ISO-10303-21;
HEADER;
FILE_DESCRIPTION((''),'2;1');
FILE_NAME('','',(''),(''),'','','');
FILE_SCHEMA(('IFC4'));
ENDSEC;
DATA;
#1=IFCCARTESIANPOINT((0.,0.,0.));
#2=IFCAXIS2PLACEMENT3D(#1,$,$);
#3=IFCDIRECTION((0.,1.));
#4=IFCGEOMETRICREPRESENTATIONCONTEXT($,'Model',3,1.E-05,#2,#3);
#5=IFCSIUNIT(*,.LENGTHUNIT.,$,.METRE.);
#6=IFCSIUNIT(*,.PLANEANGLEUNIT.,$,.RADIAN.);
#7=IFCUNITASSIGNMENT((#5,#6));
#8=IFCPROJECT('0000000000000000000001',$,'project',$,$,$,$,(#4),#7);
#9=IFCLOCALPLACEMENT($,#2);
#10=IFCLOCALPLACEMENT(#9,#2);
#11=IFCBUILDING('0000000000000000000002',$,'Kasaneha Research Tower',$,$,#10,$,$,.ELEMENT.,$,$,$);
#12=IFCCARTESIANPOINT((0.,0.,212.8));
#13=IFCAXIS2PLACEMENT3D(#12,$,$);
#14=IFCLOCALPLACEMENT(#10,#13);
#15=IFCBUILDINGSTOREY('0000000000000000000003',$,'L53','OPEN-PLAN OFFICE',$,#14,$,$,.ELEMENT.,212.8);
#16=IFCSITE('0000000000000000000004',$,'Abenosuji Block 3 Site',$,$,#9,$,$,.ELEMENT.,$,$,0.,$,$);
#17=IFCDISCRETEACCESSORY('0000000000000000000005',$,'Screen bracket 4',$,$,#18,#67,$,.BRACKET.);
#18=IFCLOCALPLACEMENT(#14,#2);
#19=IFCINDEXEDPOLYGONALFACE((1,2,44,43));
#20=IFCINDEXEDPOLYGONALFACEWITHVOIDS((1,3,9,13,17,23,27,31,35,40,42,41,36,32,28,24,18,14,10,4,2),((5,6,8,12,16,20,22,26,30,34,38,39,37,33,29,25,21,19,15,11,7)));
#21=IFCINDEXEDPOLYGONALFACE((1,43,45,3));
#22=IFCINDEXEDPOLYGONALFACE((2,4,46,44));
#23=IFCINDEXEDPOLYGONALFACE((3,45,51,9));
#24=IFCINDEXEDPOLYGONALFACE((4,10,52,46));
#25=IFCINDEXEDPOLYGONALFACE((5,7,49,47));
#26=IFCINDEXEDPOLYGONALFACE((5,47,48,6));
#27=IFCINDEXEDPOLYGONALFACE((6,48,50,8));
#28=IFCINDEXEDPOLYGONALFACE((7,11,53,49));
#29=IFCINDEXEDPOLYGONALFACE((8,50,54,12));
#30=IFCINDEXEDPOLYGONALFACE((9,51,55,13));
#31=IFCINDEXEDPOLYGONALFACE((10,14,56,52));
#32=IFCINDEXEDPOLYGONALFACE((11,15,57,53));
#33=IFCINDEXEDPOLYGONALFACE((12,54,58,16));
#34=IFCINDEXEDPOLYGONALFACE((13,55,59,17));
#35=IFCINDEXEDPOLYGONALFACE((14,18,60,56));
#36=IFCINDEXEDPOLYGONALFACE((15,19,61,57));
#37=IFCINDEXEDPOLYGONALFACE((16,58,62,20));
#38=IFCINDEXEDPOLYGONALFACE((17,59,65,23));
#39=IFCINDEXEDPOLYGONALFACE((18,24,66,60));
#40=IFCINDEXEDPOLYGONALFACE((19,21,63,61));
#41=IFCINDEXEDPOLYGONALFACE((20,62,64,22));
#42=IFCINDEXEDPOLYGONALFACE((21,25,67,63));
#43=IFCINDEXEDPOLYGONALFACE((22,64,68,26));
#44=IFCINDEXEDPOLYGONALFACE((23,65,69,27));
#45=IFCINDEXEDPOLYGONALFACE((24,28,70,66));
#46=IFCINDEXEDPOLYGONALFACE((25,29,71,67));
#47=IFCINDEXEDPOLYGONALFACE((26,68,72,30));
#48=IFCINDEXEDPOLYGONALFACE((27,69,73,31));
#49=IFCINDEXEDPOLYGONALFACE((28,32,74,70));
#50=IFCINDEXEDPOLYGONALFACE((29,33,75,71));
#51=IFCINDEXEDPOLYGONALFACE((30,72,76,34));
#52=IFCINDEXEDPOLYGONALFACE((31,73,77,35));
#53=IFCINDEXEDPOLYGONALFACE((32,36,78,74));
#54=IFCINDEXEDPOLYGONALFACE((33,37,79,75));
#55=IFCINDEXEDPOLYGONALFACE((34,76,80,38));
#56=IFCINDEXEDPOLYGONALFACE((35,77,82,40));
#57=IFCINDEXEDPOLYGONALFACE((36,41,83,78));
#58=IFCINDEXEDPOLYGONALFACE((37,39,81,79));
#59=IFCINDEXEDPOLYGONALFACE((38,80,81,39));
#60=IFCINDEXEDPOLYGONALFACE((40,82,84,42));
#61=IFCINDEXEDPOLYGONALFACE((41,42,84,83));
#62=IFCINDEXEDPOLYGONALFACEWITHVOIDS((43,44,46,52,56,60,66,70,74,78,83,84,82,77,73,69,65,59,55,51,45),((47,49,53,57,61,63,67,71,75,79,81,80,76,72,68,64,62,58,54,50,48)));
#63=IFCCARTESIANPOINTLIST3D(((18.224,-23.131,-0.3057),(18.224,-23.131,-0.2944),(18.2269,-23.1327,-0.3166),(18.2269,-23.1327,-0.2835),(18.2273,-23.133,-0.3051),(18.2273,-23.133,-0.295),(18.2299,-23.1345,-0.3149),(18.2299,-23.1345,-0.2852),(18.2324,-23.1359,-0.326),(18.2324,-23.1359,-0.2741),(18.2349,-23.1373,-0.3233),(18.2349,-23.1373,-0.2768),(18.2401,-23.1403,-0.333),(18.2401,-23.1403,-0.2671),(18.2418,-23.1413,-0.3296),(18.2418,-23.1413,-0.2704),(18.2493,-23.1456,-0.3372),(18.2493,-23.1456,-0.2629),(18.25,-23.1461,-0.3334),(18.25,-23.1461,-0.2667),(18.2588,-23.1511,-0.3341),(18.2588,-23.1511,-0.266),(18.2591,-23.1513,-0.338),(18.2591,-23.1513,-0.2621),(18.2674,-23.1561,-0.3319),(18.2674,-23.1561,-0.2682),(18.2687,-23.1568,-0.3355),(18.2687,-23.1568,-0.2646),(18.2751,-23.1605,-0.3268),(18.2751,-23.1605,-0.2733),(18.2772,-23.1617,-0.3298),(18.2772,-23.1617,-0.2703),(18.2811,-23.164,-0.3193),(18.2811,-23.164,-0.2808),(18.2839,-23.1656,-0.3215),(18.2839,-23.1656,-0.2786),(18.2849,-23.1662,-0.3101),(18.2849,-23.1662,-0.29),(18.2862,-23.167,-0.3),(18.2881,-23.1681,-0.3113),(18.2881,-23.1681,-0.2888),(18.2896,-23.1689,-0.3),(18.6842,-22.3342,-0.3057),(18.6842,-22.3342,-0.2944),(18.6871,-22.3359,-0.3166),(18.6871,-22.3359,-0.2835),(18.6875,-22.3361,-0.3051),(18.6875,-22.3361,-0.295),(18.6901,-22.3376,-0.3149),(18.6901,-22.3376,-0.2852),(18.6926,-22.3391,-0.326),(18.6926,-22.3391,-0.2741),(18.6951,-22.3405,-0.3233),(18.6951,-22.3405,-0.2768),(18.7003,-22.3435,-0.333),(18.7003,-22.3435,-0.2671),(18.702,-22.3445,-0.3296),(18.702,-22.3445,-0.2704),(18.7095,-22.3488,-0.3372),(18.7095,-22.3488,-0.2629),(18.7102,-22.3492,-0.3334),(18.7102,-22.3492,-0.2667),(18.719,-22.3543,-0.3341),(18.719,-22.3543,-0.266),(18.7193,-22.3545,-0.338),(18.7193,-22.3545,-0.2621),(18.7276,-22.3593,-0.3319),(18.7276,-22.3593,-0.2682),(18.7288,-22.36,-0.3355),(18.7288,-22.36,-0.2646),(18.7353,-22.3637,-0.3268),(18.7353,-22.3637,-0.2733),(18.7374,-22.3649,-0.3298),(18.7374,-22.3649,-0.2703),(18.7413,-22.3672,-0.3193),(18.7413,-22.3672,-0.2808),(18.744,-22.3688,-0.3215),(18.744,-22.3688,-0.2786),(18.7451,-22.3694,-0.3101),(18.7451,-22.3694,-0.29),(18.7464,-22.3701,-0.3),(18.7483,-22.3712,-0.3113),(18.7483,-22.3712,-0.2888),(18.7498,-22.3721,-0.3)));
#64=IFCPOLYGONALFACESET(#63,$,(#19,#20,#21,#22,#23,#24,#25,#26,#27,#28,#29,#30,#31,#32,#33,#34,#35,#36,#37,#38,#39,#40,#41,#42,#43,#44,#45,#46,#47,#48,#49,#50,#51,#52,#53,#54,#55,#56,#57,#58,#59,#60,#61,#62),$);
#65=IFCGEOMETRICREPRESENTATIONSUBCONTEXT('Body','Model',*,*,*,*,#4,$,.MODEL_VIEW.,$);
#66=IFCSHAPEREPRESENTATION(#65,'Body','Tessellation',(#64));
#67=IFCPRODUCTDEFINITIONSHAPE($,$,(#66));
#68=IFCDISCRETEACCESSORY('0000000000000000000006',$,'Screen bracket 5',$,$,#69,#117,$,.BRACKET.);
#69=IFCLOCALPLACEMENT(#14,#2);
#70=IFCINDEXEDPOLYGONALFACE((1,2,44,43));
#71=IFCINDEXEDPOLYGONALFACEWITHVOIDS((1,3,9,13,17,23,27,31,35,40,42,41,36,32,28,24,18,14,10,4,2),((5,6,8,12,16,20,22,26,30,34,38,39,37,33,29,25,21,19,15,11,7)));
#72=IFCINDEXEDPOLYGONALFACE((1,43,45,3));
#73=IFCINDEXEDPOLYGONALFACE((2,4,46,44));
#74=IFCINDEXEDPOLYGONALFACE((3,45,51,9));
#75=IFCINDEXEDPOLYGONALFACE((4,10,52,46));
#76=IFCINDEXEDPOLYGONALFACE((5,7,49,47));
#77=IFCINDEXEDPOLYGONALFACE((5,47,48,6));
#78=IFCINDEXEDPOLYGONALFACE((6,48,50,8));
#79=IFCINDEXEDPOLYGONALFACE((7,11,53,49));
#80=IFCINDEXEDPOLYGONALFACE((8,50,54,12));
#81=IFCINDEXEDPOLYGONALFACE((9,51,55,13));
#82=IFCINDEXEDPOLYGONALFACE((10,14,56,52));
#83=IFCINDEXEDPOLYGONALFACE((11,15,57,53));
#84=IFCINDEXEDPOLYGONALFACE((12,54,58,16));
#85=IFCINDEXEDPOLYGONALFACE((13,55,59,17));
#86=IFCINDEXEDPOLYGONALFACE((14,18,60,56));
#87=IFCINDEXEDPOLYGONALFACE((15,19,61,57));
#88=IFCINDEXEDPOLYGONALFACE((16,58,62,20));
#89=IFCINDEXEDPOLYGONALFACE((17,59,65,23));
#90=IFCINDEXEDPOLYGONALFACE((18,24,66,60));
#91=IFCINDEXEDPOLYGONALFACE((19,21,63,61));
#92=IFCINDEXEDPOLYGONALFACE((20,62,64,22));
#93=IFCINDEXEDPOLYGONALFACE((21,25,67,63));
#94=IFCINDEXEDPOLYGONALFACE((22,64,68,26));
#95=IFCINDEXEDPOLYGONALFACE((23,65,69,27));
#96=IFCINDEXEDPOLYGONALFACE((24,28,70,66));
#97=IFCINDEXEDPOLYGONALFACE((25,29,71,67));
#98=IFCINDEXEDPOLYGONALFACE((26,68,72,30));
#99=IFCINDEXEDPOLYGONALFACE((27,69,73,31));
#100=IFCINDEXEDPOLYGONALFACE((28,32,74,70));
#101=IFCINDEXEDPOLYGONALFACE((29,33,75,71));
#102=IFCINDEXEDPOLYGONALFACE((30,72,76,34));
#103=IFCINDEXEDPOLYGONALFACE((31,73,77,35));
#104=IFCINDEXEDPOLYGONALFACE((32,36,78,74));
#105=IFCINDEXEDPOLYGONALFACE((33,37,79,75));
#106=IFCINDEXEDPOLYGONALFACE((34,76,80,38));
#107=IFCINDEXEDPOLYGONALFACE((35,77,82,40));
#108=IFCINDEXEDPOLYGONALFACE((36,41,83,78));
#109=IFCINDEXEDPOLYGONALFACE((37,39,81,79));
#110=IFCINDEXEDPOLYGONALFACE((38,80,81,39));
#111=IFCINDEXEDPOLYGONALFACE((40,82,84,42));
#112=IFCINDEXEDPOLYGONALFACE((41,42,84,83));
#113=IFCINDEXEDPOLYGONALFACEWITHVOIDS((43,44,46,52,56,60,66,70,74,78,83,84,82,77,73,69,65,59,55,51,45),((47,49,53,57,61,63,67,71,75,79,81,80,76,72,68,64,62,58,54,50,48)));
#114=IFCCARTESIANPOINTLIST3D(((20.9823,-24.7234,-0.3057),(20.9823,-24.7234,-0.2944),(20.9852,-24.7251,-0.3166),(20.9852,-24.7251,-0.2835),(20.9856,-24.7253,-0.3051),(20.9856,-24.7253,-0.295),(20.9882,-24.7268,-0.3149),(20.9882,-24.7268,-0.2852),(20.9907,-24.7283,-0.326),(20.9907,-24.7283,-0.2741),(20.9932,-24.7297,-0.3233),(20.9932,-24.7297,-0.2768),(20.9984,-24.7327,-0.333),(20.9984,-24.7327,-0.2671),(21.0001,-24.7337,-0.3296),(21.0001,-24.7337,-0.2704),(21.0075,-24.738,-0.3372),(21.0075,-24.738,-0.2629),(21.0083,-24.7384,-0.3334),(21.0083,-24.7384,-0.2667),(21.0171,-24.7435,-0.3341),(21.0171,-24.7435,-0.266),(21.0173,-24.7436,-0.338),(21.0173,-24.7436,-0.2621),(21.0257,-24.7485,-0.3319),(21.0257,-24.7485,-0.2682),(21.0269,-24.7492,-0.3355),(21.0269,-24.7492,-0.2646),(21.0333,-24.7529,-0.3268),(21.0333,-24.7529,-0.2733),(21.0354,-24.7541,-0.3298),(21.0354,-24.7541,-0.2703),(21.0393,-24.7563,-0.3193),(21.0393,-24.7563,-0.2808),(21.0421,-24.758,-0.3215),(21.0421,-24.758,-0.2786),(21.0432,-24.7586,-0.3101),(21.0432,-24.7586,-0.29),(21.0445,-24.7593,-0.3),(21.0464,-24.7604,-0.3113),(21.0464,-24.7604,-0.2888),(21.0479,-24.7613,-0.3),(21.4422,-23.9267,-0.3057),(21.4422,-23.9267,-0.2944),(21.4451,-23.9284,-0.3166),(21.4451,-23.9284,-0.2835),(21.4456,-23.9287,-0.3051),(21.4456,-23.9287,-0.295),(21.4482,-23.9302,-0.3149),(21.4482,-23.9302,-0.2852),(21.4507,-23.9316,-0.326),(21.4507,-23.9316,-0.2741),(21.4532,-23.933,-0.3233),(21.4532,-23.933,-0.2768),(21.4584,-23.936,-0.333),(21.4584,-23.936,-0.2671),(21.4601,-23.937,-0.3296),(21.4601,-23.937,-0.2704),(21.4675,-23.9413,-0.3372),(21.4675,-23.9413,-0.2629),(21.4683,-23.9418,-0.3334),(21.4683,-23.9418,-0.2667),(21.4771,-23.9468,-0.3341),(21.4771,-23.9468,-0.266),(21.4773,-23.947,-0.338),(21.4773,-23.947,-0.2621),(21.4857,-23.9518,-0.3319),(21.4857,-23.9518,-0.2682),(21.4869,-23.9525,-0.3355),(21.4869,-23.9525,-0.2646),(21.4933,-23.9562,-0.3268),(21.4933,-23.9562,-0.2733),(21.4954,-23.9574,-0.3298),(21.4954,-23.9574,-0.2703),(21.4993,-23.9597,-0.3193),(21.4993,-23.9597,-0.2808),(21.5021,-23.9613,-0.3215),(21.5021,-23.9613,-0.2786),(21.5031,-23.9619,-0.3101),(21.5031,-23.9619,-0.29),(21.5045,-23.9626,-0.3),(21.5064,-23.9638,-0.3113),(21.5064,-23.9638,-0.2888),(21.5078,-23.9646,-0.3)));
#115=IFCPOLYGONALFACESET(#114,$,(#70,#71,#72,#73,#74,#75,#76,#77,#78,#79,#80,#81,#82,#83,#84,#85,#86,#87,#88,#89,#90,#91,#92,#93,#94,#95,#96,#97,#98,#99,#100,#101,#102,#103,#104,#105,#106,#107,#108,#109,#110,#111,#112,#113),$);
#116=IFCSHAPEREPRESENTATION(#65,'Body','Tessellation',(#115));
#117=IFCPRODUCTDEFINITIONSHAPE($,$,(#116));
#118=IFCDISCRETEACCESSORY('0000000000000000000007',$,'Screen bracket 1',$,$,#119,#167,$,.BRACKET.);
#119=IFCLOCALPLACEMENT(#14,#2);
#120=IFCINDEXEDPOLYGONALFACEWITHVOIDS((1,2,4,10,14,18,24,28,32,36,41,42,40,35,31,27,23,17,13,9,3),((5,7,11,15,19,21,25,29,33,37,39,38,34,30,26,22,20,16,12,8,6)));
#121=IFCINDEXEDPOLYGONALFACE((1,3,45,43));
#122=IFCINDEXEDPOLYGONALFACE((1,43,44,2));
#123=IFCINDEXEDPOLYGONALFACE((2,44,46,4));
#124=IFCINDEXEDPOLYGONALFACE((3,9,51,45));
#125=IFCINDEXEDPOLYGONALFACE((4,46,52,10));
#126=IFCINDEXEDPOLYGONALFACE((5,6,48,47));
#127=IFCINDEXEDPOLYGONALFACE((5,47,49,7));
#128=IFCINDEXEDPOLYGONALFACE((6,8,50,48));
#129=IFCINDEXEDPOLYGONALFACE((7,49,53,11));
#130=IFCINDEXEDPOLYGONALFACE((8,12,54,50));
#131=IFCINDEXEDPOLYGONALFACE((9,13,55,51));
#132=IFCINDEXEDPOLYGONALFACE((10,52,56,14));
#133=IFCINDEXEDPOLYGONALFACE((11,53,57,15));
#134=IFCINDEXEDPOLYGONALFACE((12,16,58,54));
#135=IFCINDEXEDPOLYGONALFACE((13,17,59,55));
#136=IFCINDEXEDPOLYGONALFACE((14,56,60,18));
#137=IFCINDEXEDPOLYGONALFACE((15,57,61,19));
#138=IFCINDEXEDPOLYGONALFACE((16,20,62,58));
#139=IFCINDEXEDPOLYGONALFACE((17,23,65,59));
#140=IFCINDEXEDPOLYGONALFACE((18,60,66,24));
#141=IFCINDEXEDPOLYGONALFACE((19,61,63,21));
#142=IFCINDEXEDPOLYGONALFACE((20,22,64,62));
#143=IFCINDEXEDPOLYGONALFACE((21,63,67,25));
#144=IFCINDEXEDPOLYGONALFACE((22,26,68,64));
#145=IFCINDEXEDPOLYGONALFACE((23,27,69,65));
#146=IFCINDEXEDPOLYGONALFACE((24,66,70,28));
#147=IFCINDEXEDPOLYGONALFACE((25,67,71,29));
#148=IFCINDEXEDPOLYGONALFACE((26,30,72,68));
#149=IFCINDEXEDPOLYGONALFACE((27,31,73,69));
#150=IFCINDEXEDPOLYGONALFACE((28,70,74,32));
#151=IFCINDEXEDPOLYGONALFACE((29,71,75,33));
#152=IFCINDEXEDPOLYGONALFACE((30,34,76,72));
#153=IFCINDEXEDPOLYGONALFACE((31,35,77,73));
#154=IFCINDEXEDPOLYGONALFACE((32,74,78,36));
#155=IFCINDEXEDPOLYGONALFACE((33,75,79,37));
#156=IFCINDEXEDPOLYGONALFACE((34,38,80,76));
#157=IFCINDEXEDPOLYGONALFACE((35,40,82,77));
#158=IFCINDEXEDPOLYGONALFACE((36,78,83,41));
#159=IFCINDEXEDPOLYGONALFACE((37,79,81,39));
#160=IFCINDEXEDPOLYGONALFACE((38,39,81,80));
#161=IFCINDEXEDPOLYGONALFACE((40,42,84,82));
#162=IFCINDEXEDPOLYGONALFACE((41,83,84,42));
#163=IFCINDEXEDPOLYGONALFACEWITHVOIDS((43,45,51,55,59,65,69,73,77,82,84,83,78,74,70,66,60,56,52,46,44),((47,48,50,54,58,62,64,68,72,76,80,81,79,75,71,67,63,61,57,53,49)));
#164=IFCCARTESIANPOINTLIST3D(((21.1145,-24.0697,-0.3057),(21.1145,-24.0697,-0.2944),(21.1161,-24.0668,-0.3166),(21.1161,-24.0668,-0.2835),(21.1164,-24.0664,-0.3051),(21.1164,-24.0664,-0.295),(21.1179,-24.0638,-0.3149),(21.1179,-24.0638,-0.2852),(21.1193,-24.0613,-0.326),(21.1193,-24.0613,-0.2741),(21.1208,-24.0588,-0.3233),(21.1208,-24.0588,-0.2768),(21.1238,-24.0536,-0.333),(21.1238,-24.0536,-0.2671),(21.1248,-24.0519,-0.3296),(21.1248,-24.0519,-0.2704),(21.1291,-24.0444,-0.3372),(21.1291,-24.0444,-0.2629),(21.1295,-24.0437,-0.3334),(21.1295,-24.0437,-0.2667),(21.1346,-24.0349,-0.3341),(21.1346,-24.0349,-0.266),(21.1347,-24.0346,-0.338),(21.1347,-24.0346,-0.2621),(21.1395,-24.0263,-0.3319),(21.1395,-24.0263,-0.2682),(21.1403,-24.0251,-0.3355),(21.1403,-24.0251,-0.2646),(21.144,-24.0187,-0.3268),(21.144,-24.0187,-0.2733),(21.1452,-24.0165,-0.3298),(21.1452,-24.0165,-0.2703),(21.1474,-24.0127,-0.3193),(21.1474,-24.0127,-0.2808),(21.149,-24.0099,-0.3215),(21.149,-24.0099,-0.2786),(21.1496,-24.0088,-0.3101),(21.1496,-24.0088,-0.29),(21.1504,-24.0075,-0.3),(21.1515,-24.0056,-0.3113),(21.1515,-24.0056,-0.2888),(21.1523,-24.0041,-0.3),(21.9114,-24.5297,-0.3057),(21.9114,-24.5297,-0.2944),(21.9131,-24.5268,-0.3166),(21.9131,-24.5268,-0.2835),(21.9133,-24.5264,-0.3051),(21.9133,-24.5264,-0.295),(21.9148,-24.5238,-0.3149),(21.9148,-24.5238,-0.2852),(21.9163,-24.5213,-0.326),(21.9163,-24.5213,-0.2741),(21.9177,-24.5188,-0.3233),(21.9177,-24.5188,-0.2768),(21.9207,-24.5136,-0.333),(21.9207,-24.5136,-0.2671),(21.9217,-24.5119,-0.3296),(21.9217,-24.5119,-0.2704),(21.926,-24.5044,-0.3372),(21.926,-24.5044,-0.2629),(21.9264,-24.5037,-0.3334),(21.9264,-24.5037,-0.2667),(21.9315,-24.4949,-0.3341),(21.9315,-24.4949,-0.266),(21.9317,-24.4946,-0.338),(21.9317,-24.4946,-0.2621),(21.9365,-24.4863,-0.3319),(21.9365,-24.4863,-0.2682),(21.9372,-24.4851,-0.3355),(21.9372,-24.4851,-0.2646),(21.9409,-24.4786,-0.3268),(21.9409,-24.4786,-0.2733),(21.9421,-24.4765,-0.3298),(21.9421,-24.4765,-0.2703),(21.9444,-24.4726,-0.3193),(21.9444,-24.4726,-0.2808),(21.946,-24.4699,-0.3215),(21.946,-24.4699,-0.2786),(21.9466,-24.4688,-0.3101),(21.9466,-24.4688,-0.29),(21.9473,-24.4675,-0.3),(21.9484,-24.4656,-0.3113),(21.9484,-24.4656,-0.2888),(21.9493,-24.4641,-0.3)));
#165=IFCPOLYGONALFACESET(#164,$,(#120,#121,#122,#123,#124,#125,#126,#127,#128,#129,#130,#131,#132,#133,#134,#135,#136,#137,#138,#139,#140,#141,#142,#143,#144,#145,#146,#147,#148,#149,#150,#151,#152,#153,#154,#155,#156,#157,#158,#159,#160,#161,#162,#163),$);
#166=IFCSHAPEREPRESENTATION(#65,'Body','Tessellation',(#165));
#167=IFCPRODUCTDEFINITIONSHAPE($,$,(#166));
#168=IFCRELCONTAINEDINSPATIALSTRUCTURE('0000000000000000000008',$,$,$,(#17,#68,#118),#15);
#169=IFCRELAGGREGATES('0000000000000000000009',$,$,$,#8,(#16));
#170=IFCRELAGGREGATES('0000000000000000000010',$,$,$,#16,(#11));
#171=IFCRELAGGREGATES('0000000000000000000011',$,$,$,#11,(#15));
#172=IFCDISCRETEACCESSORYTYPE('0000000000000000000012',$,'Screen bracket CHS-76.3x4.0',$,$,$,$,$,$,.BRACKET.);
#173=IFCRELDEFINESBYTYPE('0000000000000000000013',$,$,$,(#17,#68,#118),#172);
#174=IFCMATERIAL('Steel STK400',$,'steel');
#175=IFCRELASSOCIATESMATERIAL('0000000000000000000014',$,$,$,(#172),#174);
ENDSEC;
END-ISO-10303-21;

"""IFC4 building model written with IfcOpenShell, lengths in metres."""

from ifc_helpers import new_model, si_unit, direction, frame, origin, origin_2d, place, context, subcontext, project, spatial, hollow_circle, extrude, material, material_profile, profile_set, type_object, element, save


model = new_model("IFC4")

# Units and contexts
model_context = context("Model", 3, precision=1e-05, world=origin(), true_north=direction((0.0, 1.0)))
body_context = subcontext(model_context, "Body", "Model", "MODEL_VIEW")
ifc_project = project(units=[si_unit("LENGTHUNIT", "METRE"), si_unit("PLANEANGLEUNIT", "RADIAN")], contexts=[model_context])

# Site, building, storey
site_placement = place(None, origin())
site = spatial("IfcSite", under=ifc_project, at=site_placement, Name="Abenosuji Block 3 Site", CompositionType="ELEMENT", RefElevation=0.0)
building_placement = place(site_placement, origin())
building = spatial("IfcBuilding", under=site, at=building_placement, Name="Kasaneha Research Tower", CompositionType="ELEMENT")
storey_placement = place(building_placement, frame((0.0, 0.0, 212.8)))
storey = spatial("IfcBuildingStorey", under=building, at=storey_placement, Name="L53", Description="OPEN-PLAN OFFICE", CompositionType="ELEMENT", Elevation=212.8)

# Discrete accessories
ifc_material_1 = material(Name="Steel STK400", Category="steel")
ifc_material_profile_1 = material_profile(ifc_material_1, hollow_circle(Radius=0.0381, WallThickness=0.0039, at=origin_2d()), Name="CHS-76.3x4.0")
ifc_profile_set_1 = profile_set([ifc_material_profile_1], Name="Steel STK400")
discrete_accessory_type = type_object("IfcDiscreteAccessoryType", Name="Screen bracket CHS-76.3x4.0", PredefinedType="BRACKET", material=ifc_profile_set_1)
discrete_accessory_1_placement = place(storey_placement, frame((18.7168, -22.353, -0.3), z_axis=(-0.500105, -0.865965, 0.0), x_axis=(0.865965, -0.500105, 0.0)))
element("IfcDiscreteAccessory", 1, at=discrete_accessory_1_placement, inside=storey, type_object=discrete_accessory_type, Name="Screen bracket 4", PredefinedType="BRACKET", context=body_context, shape_type="SweptSolid", body=[
    extrude(hollow_circle(Radius=0.0381, WallThickness=0.0039, at=origin_2d()), origin(), (0.0, 0.0, 1.0), 0.9202),
])
discrete_accessory_2_placement = place(storey_placement, frame((21.4749, -23.9456, -0.3), z_axis=(-0.500021, -0.866013, 0.0), x_axis=(0.866013, -0.500021, 0.0)))
element("IfcDiscreteAccessory", 2, at=discrete_accessory_2_placement, inside=storey, type_object=discrete_accessory_type, Name="Screen bracket 5", PredefinedType="BRACKET", context=body_context, shape_type="SweptSolid", body=[
    extrude(hollow_circle(Radius=0.0381, WallThickness=0.0039, at=origin_2d()), origin(), (0.0, 0.0, 1.0), 0.9199),
])
discrete_accessory_3_placement = place(storey_placement, frame((21.1333, -24.0371, -0.3), z_axis=(0.86608, -0.499906, 0.0), x_axis=(0.499906, 0.86608, 0.0)))
element("IfcDiscreteAccessory", 3, at=discrete_accessory_3_placement, inside=storey, type_object=discrete_accessory_type, Name="Screen bracket 1", PredefinedType="BRACKET", context=body_context, shape_type="SweptSolid", body=[
    extrude(hollow_circle(Radius=0.0381, WallThickness=0.0039, at=origin_2d()), origin(), (0.0, 0.0, 1.0), 0.9202),
])

save(model, "model.ifc")
